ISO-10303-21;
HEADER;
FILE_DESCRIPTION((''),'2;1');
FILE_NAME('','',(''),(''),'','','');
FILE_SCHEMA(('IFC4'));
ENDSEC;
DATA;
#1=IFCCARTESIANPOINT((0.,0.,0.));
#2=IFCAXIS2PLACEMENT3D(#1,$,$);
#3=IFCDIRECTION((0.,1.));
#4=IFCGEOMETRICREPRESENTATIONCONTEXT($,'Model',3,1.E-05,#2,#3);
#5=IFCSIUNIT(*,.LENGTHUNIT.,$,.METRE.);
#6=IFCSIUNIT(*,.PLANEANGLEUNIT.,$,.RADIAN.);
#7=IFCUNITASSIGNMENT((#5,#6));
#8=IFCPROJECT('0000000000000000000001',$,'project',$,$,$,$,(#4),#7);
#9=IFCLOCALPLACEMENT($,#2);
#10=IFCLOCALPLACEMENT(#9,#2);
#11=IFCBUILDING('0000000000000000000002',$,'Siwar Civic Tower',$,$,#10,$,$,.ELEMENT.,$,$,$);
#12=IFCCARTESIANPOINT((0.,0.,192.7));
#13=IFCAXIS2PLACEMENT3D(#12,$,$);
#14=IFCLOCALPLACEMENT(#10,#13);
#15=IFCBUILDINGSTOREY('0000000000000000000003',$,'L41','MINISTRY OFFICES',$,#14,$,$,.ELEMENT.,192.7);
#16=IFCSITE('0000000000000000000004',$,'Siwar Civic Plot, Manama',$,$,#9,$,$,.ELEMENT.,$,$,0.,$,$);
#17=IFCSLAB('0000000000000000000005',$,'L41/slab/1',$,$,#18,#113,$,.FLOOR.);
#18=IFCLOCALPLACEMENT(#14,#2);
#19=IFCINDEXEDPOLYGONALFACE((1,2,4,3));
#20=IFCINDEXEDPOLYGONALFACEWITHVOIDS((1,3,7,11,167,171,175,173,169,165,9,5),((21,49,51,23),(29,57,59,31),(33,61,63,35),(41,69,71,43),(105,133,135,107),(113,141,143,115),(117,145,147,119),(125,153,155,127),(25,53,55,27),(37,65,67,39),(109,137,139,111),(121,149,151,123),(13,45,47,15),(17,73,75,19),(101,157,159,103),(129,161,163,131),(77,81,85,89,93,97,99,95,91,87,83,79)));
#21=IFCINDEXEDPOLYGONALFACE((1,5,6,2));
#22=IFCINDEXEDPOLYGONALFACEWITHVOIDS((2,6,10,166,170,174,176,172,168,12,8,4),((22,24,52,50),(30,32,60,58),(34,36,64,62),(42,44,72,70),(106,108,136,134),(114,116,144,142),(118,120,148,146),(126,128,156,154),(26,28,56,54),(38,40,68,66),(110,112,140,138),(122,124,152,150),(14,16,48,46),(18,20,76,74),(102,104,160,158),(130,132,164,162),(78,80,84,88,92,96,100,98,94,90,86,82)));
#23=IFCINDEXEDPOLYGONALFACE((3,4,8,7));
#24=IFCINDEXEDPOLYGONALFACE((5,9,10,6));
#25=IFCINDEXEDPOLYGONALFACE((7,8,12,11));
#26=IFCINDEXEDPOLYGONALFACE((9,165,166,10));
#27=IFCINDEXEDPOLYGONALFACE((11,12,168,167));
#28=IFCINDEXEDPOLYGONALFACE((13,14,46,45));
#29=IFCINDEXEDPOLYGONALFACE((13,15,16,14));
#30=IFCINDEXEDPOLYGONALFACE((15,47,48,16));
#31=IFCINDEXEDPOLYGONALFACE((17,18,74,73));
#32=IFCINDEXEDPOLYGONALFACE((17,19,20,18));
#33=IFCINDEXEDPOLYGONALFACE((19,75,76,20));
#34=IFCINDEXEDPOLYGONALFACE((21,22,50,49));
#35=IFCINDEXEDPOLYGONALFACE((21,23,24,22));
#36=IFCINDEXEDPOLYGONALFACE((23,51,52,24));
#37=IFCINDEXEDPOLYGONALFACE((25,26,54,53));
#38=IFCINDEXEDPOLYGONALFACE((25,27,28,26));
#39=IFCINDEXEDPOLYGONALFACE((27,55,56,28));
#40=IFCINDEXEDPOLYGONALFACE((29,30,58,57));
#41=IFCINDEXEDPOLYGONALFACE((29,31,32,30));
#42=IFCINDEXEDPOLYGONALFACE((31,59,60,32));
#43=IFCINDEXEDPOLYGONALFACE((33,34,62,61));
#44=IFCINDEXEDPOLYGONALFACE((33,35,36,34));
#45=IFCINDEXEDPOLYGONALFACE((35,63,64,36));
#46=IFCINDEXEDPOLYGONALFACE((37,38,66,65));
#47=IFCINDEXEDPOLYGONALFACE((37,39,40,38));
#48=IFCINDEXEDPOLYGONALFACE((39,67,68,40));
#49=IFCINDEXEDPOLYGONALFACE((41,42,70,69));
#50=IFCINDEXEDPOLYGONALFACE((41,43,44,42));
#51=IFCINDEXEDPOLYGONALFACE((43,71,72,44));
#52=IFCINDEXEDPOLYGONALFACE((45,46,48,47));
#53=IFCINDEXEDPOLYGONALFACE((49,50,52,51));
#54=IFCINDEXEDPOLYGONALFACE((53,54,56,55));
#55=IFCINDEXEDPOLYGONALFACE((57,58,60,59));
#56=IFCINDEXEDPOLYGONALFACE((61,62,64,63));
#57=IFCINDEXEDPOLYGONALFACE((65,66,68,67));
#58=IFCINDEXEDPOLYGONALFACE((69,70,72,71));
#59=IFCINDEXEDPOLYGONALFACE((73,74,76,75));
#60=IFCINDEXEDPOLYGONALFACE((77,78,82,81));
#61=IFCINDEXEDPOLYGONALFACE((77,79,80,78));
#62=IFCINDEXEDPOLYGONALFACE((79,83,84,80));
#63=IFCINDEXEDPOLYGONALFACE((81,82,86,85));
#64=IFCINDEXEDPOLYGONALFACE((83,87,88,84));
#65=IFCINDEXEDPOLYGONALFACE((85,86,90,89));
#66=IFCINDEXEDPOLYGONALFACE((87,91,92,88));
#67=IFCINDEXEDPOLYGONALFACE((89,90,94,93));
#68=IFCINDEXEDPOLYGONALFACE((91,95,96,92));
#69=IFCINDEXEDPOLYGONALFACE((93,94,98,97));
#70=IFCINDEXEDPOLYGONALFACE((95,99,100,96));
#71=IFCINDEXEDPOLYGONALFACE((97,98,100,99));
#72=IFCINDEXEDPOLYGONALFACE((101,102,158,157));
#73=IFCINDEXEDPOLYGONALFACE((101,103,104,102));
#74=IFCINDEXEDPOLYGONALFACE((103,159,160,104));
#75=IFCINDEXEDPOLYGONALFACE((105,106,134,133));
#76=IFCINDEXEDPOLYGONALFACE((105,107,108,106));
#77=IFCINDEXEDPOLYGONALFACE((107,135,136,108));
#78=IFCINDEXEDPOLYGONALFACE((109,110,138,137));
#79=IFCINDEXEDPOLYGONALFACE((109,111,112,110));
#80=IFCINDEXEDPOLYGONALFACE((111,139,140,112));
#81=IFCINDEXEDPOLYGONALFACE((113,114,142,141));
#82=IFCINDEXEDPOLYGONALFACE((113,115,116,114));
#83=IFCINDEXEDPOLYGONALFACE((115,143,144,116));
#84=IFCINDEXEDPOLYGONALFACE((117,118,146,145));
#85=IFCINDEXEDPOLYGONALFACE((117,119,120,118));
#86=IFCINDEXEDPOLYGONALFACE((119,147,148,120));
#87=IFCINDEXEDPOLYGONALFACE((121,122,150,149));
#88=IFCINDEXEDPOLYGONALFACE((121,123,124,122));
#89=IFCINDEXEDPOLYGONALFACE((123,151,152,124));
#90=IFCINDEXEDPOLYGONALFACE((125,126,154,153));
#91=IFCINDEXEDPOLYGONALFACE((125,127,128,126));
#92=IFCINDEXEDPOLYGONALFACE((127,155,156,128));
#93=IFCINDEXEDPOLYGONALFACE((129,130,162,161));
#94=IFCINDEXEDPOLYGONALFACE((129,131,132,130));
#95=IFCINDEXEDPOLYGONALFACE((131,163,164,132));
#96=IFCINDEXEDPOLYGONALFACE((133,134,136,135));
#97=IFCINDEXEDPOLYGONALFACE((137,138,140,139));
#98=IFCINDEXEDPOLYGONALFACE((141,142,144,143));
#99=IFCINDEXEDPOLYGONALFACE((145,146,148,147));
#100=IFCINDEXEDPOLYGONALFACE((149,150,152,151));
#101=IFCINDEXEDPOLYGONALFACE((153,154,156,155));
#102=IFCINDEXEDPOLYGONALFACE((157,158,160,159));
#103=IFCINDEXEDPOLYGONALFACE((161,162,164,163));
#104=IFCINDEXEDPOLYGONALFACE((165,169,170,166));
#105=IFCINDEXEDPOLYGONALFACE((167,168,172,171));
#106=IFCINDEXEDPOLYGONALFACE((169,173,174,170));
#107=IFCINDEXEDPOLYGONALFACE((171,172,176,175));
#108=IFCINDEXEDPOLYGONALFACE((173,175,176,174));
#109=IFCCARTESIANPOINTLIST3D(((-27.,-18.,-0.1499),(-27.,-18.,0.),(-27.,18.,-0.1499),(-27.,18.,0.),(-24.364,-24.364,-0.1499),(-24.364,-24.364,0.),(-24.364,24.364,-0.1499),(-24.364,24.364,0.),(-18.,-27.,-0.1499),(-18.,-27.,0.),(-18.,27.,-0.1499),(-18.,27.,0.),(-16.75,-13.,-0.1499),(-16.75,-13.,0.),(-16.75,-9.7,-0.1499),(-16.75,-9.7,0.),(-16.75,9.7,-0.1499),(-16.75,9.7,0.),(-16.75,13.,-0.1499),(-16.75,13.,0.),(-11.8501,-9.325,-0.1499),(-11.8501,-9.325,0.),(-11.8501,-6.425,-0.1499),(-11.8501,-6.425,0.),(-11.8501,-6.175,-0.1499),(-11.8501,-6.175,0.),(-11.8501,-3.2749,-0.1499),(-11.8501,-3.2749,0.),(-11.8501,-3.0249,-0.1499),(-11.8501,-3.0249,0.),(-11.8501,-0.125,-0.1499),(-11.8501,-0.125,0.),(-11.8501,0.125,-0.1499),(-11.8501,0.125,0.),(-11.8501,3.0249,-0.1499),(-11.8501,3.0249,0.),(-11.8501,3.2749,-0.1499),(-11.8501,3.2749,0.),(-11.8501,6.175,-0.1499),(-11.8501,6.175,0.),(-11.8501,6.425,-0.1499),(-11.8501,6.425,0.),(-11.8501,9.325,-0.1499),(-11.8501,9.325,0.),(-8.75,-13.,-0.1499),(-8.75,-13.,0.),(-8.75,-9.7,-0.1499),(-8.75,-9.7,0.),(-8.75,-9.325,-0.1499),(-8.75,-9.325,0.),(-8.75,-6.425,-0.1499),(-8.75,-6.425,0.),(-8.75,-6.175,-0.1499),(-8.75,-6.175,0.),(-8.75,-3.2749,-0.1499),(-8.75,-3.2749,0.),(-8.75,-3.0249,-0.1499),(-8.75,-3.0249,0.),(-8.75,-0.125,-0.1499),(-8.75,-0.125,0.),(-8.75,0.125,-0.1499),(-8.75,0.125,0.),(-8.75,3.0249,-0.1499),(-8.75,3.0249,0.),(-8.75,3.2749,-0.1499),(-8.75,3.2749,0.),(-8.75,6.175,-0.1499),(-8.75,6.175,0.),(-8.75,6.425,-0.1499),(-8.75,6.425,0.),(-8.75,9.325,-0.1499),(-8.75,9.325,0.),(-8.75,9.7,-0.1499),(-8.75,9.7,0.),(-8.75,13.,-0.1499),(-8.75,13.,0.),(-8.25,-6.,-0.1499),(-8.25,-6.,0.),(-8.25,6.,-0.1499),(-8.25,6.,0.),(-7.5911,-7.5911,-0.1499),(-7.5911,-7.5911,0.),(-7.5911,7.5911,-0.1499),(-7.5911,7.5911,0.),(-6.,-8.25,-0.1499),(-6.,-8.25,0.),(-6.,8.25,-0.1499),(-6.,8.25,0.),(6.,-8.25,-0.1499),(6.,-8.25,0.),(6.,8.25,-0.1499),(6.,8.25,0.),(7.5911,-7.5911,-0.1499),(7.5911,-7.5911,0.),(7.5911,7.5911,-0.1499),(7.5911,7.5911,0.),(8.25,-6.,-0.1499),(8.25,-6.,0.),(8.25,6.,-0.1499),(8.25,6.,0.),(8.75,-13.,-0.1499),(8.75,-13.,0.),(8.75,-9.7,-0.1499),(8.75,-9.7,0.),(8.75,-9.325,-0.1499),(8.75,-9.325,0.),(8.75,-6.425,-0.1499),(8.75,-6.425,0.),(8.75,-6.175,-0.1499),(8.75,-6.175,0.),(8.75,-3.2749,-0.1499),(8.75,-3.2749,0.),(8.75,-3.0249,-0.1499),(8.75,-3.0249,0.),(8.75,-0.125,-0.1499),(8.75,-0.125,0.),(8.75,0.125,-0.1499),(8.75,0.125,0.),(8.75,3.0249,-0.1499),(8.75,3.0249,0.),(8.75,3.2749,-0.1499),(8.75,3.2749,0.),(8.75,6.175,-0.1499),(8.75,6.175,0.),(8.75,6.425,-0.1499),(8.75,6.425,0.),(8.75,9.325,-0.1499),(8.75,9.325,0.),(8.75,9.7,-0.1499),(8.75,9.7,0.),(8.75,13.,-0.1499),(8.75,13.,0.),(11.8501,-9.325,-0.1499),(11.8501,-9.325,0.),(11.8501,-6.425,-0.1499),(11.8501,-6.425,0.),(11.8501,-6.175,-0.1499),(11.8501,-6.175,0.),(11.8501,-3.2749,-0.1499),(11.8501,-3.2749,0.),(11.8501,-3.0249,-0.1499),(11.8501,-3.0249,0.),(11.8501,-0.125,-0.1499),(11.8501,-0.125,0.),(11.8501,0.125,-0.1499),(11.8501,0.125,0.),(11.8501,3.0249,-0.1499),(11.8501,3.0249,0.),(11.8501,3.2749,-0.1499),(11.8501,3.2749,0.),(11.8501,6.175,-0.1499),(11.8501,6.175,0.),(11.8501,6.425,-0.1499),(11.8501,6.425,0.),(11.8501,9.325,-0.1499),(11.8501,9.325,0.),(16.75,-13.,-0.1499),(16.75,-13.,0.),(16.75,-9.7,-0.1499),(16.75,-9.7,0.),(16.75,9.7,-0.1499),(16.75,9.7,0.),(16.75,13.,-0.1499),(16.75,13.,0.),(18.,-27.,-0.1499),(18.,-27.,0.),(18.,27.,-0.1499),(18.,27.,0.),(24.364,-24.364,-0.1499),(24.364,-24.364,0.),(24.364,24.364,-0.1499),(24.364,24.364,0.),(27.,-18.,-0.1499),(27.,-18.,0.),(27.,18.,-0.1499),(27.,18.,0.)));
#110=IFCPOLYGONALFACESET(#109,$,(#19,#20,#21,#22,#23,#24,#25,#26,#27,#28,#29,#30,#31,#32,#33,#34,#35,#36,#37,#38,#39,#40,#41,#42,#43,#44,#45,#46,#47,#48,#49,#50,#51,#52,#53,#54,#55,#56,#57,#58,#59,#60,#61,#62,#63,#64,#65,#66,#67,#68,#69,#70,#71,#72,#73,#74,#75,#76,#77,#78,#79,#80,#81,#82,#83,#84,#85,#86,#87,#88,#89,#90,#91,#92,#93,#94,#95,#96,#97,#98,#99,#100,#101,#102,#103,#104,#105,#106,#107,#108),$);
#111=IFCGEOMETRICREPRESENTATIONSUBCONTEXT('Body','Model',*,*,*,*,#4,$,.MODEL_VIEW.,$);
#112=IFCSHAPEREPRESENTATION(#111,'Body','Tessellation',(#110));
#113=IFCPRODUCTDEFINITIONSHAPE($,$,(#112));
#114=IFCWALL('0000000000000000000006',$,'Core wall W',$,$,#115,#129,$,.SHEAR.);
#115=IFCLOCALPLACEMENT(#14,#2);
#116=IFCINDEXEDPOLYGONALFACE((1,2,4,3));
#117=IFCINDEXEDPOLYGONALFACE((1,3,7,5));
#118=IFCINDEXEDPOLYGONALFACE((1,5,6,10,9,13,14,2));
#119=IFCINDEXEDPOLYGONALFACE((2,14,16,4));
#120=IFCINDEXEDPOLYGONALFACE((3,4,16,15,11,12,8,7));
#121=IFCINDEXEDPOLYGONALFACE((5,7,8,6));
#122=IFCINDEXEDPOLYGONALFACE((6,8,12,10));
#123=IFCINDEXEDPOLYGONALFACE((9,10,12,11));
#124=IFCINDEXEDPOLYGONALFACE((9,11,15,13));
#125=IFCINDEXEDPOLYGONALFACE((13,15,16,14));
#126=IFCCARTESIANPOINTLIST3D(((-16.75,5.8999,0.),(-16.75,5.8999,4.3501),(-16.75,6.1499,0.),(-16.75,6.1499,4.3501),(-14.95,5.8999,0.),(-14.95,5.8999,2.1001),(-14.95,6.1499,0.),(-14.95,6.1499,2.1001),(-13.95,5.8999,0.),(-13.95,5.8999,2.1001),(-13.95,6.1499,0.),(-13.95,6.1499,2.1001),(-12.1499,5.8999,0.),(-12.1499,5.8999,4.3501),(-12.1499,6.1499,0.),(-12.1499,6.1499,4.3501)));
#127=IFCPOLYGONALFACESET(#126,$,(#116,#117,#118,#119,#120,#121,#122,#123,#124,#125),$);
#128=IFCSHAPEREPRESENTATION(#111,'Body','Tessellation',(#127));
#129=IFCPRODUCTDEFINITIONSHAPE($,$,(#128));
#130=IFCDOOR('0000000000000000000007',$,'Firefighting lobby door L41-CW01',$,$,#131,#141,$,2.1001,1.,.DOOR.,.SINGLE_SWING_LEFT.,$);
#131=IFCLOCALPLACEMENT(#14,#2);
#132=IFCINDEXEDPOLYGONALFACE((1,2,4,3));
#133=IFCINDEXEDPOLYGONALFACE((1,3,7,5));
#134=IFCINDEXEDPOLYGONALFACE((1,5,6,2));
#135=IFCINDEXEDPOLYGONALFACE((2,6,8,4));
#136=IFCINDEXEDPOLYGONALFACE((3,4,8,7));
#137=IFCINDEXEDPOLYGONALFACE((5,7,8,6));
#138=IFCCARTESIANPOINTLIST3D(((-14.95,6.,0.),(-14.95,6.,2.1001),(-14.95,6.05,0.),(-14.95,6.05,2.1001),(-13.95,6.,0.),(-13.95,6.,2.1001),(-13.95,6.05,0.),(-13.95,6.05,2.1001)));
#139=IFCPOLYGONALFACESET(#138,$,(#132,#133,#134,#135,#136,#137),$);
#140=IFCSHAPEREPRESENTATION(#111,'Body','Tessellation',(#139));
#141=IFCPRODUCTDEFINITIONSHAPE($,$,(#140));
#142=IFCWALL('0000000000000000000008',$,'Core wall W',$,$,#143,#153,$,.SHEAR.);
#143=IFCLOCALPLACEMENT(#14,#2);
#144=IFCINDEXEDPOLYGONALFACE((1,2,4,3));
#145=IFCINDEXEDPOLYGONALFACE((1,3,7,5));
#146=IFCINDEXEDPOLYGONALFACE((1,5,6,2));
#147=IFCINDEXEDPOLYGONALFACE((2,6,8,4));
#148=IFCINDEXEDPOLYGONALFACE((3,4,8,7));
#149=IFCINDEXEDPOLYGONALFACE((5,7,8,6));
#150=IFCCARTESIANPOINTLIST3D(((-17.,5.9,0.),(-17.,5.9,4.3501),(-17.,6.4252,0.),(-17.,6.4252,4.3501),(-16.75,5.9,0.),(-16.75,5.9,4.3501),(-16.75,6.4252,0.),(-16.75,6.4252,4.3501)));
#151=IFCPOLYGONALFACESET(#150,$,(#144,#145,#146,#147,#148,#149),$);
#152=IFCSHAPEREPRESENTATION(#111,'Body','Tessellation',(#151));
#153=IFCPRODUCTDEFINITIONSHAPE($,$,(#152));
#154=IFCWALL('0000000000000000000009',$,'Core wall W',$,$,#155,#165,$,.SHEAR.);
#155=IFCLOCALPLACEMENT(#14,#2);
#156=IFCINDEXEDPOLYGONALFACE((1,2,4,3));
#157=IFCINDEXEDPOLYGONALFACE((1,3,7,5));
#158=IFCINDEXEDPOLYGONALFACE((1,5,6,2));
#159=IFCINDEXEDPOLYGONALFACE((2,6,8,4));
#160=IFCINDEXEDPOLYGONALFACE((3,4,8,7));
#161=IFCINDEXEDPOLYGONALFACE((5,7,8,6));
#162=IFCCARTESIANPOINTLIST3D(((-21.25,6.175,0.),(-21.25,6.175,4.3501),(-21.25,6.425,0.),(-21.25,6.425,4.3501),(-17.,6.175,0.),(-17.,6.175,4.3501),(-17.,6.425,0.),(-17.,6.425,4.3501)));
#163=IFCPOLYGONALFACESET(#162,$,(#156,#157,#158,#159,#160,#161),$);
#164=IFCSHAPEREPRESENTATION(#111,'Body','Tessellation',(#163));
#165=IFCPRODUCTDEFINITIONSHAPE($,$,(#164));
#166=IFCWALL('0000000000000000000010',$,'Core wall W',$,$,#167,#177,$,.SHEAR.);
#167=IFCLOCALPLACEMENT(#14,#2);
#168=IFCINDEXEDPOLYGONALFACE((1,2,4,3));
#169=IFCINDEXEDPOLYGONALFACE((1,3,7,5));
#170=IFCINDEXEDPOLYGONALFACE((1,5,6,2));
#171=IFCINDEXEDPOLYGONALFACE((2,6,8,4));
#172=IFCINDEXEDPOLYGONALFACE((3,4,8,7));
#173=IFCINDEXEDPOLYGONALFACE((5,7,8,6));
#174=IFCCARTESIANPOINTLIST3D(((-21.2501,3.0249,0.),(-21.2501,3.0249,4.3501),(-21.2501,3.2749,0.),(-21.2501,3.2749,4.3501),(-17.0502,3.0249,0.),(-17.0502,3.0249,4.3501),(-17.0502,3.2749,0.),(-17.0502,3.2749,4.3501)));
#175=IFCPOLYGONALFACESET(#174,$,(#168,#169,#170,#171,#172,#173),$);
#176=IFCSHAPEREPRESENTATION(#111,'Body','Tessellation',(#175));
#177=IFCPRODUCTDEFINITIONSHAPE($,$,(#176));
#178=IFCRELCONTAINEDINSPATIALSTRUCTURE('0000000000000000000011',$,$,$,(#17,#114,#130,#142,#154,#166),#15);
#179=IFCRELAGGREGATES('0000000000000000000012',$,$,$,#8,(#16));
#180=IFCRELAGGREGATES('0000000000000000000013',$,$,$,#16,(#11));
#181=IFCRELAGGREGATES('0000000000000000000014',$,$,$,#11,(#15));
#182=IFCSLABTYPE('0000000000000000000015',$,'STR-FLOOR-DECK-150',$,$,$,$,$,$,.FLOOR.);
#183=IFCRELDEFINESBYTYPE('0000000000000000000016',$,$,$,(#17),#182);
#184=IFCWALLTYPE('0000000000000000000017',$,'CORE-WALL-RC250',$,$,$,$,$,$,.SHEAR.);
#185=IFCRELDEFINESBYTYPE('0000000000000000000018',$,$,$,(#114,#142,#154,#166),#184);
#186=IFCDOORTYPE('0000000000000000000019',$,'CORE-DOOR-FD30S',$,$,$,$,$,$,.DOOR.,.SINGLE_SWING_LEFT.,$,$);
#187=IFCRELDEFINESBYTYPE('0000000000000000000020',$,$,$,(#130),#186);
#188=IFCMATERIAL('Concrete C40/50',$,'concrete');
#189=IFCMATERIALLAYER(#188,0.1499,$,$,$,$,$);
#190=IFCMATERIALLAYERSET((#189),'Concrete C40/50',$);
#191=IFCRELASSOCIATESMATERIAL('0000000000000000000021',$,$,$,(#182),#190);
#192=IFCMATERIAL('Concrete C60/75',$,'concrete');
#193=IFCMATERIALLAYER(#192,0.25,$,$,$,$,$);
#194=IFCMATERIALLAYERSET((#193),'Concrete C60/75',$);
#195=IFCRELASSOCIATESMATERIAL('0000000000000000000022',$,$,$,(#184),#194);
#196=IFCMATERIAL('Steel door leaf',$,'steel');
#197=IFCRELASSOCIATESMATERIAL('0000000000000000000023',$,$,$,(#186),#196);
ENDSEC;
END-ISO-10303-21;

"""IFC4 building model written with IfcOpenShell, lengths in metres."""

from ifc_helpers import new_model, si_unit, direction, frame, frame_2d, origin, place, context, subcontext, project, spatial, polyline, rectangle, outline, extrude, material, layer, layer_set, type_object, element, fill, save


model = new_model("IFC4")

# Units and contexts
model_context = context("Model", 3, precision=1e-05, world=origin(), true_north=direction((0.0, 1.0)))
body_context = subcontext(model_context, "Body", "Model", "MODEL_VIEW")
ifc_project = project(units=[si_unit("LENGTHUNIT", "METRE"), si_unit("PLANEANGLEUNIT", "RADIAN")], contexts=[model_context])

# Site, building, storey
site_placement = place(None, origin())
site = spatial("IfcSite", under=ifc_project, at=site_placement, Name="Siwar Civic Plot, Manama", CompositionType="ELEMENT", RefElevation=0.0)
building_placement = place(site_placement, origin())
building = spatial("IfcBuilding", under=site, at=building_placement, Name="Siwar Civic Tower", CompositionType="ELEMENT")
storey_placement = place(building_placement, frame((0.0, 0.0, 192.7)))
storey = spatial("IfcBuildingStorey", under=building, at=storey_placement, Name="L41", Description="MINISTRY OFFICES", CompositionType="ELEMENT", Elevation=192.7)

# Slab
ifc_material_1 = material(Name="Concrete C40/50", Category="concrete")
ifc_layer_1 = layer(ifc_material_1, 0.1499)
ifc_layer_set_1 = layer_set([ifc_layer_1], Name="Concrete C40/50")
slab_type_1 = type_object("IfcSlabType", Name="STR-FLOOR-DECK-150", PredefinedType="FLOOR", material=ifc_layer_set_1)
slab_1_placement = place(storey_placement, frame((0.0, 0.0, -0.1499)))
element("IfcSlab", 1, at=slab_1_placement, inside=storey, type_object=slab_type_1, Name="L41/slab/1", PredefinedType="FLOOR", context=body_context, shape_type="SweptSolid", body=[
    extrude(outline(polyline([(-18.0, -27.0), (18.0, -27.0), (24.364, -24.364), (27.0, -18.0), (27.0, 18.0), (24.364, 24.364), (18.0, 27.0), (-18.0, 27.0), (-24.364, 24.364), (-27.0, 18.0), (-27.0, -18.0), (-24.364, -24.364), (-18.0, -27.0)]), holes=[polyline([(16.75, 13.0), (16.75, 9.7), (8.75, 9.7), (8.75, 13.0), (16.75, 13.0)]), polyline([(8.75, -9.7), (16.75, -9.7), (16.75, -13.0), (8.75, -13.0), (8.75, -9.7)]), polyline([(11.8501, 9.325), (11.8501, 6.425), (8.75, 6.425), (8.75, 9.325), (11.8501, 9.325)]), polyline([(8.75, 6.175), (11.8501, 6.175), (11.8501, 3.2749), (8.75, 3.2749), (8.75, 6.175)]), polyline([(8.75, 3.0249), (11.8501, 3.0249), (11.8501, 0.125), (8.75, 0.125), (8.75, 3.0249)]), polyline([(8.75, -0.125), (11.8501, -0.125), (11.8501, -3.0249), (8.75, -3.0249), (8.75, -0.125)]), polyline([(8.75, -3.2749), (11.8501, -3.2749), (11.8501, -6.175), (8.75, -6.175), (8.75, -3.2749)]), polyline([(8.75, -6.425), (11.8501, -6.425), (11.8501, -9.325), (8.75, -9.325), (8.75, -6.425)]), polyline([(-6.0, 8.25), (6.0, 8.25), (7.5911, 7.5911), (8.25, 6.0), (8.25, -6.0), (7.5911, -7.5911), (6.0, -8.25), (-6.0, -8.25), (-7.5911, -7.5911), (-8.25, -6.0), (-8.25, 6.0), (-7.5911, 7.5911), (-6.0, 8.25)]), polyline([(-8.75, -13.0), (-16.75, -13.0), (-16.75, -9.7), (-8.75, -9.7), (-8.75, -13.0)]), polyline([(-8.75, 9.7), (-16.75, 9.7), (-16.75, 13.0), (-8.75, 13.0), (-8.75, 9.7)]), polyline([(-8.75, 6.425), (-11.8501, 6.425), (-11.8501, 9.325), (-8.75, 9.325), (-8.75, 6.425)]), polyline([(-8.75, 3.2749), (-11.8501, 3.2749), (-11.8501, 6.175), (-8.75, 6.175), (-8.75, 3.2749)]), polyline([(-8.75, 0.125), (-11.8501, 0.125), (-11.8501, 3.0249), (-8.75, 3.0249), (-8.75, 0.125)]), polyline([(-8.75, -3.0249), (-11.8501, -3.0249), (-11.8501, -0.125), (-8.75, -0.125), (-8.75, -3.0249)]), polyline([(-8.75, -6.175), (-11.8501, -6.175), (-11.8501, -3.2749), (-8.75, -3.2749), (-8.75, -6.175)]), polyline([(-8.75, -9.325), (-11.8501, -9.325), (-11.8501, -6.425), (-8.75, -6.425), (-8.75, -9.325)])]), origin(), (0.0, 0.0, 1.0), 0.1499),
])

# Wall, opening, door
ifc_material_2 = material(Name="Concrete C60/75", Category="concrete")
ifc_layer_2 = layer(ifc_material_2, 0.25)
ifc_layer_set_2 = layer_set([ifc_layer_2], Name="Concrete C60/75")
wall_type_1 = type_object("IfcWallType", Name="CORE-WALL-RC250", PredefinedType="SHEAR", material=ifc_layer_set_2)
wall_1_placement = place(storey_placement, frame((-12.1499, 6.0249, 0.0), z_axis=(0.0, 0.0, 1.0), x_axis=(-1.0, 0.0, 0.0)))
wall_1 = element("IfcWall", 2, at=wall_1_placement, inside=storey, type_object=wall_type_1, Name="Core wall W", PredefinedType="SHEAR", context=body_context, shape_type="SweptSolid", body=[
    extrude(rectangle(XDim=4.6001, YDim=0.25, at=frame_2d((2.3, 0.0))), origin(), (0.0, 0.0, 1.0), 4.3501),
])
opening_placement = place(wall_1_placement, frame((1.8, 0.0, 0.0)))
opening = element("IfcOpeningElement", 3, at=opening_placement, cuts=wall_1, PredefinedType="OPENING", context=body_context, shape_type="SweptSolid", body=[
    extrude(rectangle(XDim=1.0, YDim=2.1001, at=frame_2d((0.5, 1.05))), frame((0.0, 0.135, 0.0), z_axis=(0.0, -1.0, 0.0), x_axis=(1.0, 0.0, 0.0)), (0.0, 0.0, 1.0), 0.27),
])
ifc_material_3 = material(Name="Steel door leaf", Category="steel")
door_type = type_object("IfcDoorType", Name="CORE-DOOR-FD30S", OperationType="SINGLE_SWING_LEFT", PredefinedType="DOOR", material=ifc_material_3)
door_placement = place(opening_placement, origin())
door = element("IfcDoor", 4, at=door_placement, inside=storey, type_object=door_type, Name="Firefighting lobby door L41-CW01", OperationType="SINGLE_SWING_LEFT", OverallHeight=2.1001, OverallWidth=1.0, PredefinedType="DOOR", context=body_context, shape_type="SweptSolid", body=[
    extrude(rectangle(XDim=1.0, YDim=2.1001, at=frame_2d((0.5, 1.05))), frame((0.0, 0.0249, 0.0), z_axis=(0.0, -1.0, 0.0), x_axis=(1.0, 0.0, 0.0)), (0.0, 0.0, 1.0), 0.05),
])
fill(opening, door)

# Walls
wall_2_placement = place(storey_placement, frame((-16.875, 5.8999, 0.0), z_axis=(0.0, 0.0, 1.0), x_axis=(0.0, 1.0, 0.0)))
element("IfcWall", 5, at=wall_2_placement, inside=storey, type_object=wall_type_1, Name="Core wall W", PredefinedType="SHEAR", context=body_context, shape_type="SweptSolid", body=[
    extrude(rectangle(XDim=0.5251, YDim=0.25, at=frame_2d((0.2627, 0.0))), origin(), (0.0, 0.0, 1.0), 4.3501),
])
wall_3_placement = place(storey_placement, frame((-17.0, 6.3, 0.0), z_axis=(0.0, 0.0, 1.0), x_axis=(-1.0, 0.0, 0.0)))
element("IfcWall", 6, at=wall_3_placement, inside=storey, type_object=wall_type_1, Name="Core wall W", PredefinedType="SHEAR", context=body_context, shape_type="SweptSolid", body=[
    extrude(rectangle(XDim=4.25, YDim=0.25, at=frame_2d((2.125, 0.0))), origin(), (0.0, 0.0, 1.0), 4.3501),
])
wall_4_placement = place(storey_placement, frame((-17.05, 3.1499, 0.0), z_axis=(0.0, 0.0, 1.0), x_axis=(-1.0, 0.0, 0.0)))
element("IfcWall", 7, at=wall_4_placement, inside=storey, type_object=wall_type_1, Name="Core wall W", PredefinedType="SHEAR", context=body_context, shape_type="SweptSolid", body=[
    extrude(rectangle(XDim=4.2, YDim=0.25, at=frame_2d((2.1001, 0.0))), origin(), (0.0, 0.0, 1.0), 4.3501),
])

save(model, "model.ifc")
